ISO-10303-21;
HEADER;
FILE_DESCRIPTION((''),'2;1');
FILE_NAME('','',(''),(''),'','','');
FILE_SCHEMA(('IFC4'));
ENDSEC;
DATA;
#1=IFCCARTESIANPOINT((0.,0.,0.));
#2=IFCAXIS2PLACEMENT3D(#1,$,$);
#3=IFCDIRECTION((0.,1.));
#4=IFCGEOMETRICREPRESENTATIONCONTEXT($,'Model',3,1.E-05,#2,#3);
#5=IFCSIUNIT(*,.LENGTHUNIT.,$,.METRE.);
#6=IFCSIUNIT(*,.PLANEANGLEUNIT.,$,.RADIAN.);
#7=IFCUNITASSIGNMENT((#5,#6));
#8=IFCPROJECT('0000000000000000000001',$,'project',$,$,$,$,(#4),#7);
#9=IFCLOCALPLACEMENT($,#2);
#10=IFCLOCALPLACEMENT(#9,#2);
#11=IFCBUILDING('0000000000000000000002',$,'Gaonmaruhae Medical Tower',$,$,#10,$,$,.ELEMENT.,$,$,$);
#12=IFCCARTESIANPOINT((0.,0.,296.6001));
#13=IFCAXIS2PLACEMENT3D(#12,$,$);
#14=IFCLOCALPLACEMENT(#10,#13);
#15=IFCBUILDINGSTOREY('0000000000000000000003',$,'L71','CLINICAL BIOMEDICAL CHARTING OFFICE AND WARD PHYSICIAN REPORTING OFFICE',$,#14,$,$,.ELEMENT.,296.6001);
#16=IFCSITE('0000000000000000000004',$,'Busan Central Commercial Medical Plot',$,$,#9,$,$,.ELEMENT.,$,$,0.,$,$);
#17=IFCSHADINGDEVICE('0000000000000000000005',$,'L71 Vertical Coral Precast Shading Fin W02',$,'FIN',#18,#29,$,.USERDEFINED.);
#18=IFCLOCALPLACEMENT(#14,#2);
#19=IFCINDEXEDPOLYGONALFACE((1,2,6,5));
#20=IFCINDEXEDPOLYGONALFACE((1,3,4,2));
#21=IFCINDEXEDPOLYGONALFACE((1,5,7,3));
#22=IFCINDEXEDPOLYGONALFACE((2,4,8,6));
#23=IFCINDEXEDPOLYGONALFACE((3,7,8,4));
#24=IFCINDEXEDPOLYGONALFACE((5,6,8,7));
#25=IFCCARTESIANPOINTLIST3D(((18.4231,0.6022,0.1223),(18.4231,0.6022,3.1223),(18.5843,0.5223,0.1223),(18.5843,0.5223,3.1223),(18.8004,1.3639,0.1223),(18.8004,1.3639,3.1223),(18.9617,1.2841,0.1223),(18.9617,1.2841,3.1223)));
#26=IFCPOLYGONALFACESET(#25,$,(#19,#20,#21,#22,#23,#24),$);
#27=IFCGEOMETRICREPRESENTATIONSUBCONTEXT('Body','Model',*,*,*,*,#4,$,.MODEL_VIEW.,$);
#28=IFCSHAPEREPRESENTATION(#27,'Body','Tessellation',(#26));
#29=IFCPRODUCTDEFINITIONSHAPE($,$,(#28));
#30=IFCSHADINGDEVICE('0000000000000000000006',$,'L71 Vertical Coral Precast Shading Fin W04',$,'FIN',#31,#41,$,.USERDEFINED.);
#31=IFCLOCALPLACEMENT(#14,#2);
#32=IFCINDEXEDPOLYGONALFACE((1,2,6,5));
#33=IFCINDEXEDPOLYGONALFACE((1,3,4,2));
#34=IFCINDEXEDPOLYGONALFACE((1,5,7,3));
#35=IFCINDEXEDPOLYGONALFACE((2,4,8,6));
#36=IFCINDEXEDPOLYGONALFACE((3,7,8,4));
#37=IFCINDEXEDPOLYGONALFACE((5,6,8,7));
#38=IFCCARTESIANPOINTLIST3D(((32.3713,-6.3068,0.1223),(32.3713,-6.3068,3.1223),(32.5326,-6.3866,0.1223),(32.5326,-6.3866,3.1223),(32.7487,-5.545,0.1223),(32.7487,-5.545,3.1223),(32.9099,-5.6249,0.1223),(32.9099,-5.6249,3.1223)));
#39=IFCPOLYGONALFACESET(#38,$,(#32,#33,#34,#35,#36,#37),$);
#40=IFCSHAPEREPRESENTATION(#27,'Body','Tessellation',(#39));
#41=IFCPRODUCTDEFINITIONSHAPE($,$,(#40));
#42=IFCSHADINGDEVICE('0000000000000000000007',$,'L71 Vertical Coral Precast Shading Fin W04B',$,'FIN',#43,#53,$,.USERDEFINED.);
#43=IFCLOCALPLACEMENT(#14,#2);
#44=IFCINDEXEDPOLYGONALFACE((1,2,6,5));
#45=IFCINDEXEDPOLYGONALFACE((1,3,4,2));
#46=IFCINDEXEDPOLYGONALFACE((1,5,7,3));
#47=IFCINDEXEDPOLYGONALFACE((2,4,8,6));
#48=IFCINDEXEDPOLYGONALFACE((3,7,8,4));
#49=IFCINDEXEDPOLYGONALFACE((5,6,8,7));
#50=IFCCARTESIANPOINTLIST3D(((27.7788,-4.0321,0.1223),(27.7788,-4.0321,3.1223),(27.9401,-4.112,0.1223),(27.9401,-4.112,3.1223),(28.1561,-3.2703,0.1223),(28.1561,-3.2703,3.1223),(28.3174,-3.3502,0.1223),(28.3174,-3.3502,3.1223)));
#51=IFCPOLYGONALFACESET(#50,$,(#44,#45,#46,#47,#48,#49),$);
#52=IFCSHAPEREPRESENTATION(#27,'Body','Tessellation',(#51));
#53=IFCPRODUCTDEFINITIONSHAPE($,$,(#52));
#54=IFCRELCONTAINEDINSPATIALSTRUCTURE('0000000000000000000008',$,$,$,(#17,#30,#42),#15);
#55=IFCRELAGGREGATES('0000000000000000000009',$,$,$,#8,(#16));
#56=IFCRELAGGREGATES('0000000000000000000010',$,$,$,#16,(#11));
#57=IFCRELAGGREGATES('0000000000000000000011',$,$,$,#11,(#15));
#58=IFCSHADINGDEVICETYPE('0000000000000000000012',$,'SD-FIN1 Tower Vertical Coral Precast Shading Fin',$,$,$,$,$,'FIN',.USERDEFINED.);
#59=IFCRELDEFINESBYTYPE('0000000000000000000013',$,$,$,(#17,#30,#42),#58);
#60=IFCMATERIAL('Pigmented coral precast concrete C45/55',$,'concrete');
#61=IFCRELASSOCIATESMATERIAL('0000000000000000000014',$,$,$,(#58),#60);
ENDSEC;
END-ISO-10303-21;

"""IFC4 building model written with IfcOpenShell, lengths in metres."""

from ifc_helpers import new_model, si_unit, direction, frame, origin, origin_2d, place, context, subcontext, project, spatial, rectangle, extrude, material, type_object, element, save


model = new_model("IFC4")

# Units and contexts
model_context = context("Model", 3, precision=1e-05, world=origin(), true_north=direction((0.0, 1.0)))
body_context = subcontext(model_context, "Body", "Model", "MODEL_VIEW")
ifc_project = project(units=[si_unit("LENGTHUNIT", "METRE"), si_unit("PLANEANGLEUNIT", "RADIAN")], contexts=[model_context])

# Site, building, storey
site_placement = place(None, origin())
site = spatial("IfcSite", under=ifc_project, at=site_placement, Name="Busan Central Commercial Medical Plot", CompositionType="ELEMENT", RefElevation=0.0)
building_placement = place(site_placement, origin())
building = spatial("IfcBuilding", under=site, at=building_placement, Name="Gaonmaruhae Medical Tower", CompositionType="ELEMENT")
storey_placement = place(building_placement, frame((0.0, 0.0, 296.6001)))
storey = spatial("IfcBuildingStorey", under=building, at=storey_placement, Name="L71", Description="CLINICAL BIOMEDICAL CHARTING OFFICE AND WARD PHYSICIAN REPORTING OFFICE", CompositionType="ELEMENT", Elevation=296.6001)

# Shading devices
ifc_material_1 = material(Name="Pigmented coral precast concrete C45/55", Category="concrete")
shading_device_type = type_object("IfcShadingDeviceType", Name="SD-FIN1 Tower Vertical Coral Precast Shading Fin", ElementType="FIN", PredefinedType="USERDEFINED", material=ifc_material_1)
for number, where, z_axis, x_axis, name in (
    (1, (18.6924, 0.9431, 0.1223), (0.0, 0.0, 1.0), (-0.896099, 0.443853, 0.0), "L71 Vertical Coral Precast Shading Fin W02"),
    (2, (32.6406, -5.9658, 0.1223), (0.0, 0.0, 1.0), (-0.896099, 0.443853, 0.0), "L71 Vertical Coral Precast Shading Fin W04"),
    (3, (28.0481, -3.6912, 0.1223), (0.0, 0.0, 1.0), (-0.896099, 0.443853, 0.0), "L71 Vertical Coral Precast Shading Fin W04B"),
):
    element("IfcShadingDevice", number, at=place(storey_placement, frame(where, z_axis=z_axis, x_axis=x_axis)), inside=storey, type_object=shading_device_type, Name=name, ObjectType="FIN", PredefinedType="USERDEFINED", context=body_context, shape_type="SweptSolid", body=[
        extrude(rectangle(XDim=0.1799, YDim=0.8501, at=origin_2d()), origin(), (0.0, 0.0, 1.0), 3.0),
    ])

save(model, "model.ifc")
